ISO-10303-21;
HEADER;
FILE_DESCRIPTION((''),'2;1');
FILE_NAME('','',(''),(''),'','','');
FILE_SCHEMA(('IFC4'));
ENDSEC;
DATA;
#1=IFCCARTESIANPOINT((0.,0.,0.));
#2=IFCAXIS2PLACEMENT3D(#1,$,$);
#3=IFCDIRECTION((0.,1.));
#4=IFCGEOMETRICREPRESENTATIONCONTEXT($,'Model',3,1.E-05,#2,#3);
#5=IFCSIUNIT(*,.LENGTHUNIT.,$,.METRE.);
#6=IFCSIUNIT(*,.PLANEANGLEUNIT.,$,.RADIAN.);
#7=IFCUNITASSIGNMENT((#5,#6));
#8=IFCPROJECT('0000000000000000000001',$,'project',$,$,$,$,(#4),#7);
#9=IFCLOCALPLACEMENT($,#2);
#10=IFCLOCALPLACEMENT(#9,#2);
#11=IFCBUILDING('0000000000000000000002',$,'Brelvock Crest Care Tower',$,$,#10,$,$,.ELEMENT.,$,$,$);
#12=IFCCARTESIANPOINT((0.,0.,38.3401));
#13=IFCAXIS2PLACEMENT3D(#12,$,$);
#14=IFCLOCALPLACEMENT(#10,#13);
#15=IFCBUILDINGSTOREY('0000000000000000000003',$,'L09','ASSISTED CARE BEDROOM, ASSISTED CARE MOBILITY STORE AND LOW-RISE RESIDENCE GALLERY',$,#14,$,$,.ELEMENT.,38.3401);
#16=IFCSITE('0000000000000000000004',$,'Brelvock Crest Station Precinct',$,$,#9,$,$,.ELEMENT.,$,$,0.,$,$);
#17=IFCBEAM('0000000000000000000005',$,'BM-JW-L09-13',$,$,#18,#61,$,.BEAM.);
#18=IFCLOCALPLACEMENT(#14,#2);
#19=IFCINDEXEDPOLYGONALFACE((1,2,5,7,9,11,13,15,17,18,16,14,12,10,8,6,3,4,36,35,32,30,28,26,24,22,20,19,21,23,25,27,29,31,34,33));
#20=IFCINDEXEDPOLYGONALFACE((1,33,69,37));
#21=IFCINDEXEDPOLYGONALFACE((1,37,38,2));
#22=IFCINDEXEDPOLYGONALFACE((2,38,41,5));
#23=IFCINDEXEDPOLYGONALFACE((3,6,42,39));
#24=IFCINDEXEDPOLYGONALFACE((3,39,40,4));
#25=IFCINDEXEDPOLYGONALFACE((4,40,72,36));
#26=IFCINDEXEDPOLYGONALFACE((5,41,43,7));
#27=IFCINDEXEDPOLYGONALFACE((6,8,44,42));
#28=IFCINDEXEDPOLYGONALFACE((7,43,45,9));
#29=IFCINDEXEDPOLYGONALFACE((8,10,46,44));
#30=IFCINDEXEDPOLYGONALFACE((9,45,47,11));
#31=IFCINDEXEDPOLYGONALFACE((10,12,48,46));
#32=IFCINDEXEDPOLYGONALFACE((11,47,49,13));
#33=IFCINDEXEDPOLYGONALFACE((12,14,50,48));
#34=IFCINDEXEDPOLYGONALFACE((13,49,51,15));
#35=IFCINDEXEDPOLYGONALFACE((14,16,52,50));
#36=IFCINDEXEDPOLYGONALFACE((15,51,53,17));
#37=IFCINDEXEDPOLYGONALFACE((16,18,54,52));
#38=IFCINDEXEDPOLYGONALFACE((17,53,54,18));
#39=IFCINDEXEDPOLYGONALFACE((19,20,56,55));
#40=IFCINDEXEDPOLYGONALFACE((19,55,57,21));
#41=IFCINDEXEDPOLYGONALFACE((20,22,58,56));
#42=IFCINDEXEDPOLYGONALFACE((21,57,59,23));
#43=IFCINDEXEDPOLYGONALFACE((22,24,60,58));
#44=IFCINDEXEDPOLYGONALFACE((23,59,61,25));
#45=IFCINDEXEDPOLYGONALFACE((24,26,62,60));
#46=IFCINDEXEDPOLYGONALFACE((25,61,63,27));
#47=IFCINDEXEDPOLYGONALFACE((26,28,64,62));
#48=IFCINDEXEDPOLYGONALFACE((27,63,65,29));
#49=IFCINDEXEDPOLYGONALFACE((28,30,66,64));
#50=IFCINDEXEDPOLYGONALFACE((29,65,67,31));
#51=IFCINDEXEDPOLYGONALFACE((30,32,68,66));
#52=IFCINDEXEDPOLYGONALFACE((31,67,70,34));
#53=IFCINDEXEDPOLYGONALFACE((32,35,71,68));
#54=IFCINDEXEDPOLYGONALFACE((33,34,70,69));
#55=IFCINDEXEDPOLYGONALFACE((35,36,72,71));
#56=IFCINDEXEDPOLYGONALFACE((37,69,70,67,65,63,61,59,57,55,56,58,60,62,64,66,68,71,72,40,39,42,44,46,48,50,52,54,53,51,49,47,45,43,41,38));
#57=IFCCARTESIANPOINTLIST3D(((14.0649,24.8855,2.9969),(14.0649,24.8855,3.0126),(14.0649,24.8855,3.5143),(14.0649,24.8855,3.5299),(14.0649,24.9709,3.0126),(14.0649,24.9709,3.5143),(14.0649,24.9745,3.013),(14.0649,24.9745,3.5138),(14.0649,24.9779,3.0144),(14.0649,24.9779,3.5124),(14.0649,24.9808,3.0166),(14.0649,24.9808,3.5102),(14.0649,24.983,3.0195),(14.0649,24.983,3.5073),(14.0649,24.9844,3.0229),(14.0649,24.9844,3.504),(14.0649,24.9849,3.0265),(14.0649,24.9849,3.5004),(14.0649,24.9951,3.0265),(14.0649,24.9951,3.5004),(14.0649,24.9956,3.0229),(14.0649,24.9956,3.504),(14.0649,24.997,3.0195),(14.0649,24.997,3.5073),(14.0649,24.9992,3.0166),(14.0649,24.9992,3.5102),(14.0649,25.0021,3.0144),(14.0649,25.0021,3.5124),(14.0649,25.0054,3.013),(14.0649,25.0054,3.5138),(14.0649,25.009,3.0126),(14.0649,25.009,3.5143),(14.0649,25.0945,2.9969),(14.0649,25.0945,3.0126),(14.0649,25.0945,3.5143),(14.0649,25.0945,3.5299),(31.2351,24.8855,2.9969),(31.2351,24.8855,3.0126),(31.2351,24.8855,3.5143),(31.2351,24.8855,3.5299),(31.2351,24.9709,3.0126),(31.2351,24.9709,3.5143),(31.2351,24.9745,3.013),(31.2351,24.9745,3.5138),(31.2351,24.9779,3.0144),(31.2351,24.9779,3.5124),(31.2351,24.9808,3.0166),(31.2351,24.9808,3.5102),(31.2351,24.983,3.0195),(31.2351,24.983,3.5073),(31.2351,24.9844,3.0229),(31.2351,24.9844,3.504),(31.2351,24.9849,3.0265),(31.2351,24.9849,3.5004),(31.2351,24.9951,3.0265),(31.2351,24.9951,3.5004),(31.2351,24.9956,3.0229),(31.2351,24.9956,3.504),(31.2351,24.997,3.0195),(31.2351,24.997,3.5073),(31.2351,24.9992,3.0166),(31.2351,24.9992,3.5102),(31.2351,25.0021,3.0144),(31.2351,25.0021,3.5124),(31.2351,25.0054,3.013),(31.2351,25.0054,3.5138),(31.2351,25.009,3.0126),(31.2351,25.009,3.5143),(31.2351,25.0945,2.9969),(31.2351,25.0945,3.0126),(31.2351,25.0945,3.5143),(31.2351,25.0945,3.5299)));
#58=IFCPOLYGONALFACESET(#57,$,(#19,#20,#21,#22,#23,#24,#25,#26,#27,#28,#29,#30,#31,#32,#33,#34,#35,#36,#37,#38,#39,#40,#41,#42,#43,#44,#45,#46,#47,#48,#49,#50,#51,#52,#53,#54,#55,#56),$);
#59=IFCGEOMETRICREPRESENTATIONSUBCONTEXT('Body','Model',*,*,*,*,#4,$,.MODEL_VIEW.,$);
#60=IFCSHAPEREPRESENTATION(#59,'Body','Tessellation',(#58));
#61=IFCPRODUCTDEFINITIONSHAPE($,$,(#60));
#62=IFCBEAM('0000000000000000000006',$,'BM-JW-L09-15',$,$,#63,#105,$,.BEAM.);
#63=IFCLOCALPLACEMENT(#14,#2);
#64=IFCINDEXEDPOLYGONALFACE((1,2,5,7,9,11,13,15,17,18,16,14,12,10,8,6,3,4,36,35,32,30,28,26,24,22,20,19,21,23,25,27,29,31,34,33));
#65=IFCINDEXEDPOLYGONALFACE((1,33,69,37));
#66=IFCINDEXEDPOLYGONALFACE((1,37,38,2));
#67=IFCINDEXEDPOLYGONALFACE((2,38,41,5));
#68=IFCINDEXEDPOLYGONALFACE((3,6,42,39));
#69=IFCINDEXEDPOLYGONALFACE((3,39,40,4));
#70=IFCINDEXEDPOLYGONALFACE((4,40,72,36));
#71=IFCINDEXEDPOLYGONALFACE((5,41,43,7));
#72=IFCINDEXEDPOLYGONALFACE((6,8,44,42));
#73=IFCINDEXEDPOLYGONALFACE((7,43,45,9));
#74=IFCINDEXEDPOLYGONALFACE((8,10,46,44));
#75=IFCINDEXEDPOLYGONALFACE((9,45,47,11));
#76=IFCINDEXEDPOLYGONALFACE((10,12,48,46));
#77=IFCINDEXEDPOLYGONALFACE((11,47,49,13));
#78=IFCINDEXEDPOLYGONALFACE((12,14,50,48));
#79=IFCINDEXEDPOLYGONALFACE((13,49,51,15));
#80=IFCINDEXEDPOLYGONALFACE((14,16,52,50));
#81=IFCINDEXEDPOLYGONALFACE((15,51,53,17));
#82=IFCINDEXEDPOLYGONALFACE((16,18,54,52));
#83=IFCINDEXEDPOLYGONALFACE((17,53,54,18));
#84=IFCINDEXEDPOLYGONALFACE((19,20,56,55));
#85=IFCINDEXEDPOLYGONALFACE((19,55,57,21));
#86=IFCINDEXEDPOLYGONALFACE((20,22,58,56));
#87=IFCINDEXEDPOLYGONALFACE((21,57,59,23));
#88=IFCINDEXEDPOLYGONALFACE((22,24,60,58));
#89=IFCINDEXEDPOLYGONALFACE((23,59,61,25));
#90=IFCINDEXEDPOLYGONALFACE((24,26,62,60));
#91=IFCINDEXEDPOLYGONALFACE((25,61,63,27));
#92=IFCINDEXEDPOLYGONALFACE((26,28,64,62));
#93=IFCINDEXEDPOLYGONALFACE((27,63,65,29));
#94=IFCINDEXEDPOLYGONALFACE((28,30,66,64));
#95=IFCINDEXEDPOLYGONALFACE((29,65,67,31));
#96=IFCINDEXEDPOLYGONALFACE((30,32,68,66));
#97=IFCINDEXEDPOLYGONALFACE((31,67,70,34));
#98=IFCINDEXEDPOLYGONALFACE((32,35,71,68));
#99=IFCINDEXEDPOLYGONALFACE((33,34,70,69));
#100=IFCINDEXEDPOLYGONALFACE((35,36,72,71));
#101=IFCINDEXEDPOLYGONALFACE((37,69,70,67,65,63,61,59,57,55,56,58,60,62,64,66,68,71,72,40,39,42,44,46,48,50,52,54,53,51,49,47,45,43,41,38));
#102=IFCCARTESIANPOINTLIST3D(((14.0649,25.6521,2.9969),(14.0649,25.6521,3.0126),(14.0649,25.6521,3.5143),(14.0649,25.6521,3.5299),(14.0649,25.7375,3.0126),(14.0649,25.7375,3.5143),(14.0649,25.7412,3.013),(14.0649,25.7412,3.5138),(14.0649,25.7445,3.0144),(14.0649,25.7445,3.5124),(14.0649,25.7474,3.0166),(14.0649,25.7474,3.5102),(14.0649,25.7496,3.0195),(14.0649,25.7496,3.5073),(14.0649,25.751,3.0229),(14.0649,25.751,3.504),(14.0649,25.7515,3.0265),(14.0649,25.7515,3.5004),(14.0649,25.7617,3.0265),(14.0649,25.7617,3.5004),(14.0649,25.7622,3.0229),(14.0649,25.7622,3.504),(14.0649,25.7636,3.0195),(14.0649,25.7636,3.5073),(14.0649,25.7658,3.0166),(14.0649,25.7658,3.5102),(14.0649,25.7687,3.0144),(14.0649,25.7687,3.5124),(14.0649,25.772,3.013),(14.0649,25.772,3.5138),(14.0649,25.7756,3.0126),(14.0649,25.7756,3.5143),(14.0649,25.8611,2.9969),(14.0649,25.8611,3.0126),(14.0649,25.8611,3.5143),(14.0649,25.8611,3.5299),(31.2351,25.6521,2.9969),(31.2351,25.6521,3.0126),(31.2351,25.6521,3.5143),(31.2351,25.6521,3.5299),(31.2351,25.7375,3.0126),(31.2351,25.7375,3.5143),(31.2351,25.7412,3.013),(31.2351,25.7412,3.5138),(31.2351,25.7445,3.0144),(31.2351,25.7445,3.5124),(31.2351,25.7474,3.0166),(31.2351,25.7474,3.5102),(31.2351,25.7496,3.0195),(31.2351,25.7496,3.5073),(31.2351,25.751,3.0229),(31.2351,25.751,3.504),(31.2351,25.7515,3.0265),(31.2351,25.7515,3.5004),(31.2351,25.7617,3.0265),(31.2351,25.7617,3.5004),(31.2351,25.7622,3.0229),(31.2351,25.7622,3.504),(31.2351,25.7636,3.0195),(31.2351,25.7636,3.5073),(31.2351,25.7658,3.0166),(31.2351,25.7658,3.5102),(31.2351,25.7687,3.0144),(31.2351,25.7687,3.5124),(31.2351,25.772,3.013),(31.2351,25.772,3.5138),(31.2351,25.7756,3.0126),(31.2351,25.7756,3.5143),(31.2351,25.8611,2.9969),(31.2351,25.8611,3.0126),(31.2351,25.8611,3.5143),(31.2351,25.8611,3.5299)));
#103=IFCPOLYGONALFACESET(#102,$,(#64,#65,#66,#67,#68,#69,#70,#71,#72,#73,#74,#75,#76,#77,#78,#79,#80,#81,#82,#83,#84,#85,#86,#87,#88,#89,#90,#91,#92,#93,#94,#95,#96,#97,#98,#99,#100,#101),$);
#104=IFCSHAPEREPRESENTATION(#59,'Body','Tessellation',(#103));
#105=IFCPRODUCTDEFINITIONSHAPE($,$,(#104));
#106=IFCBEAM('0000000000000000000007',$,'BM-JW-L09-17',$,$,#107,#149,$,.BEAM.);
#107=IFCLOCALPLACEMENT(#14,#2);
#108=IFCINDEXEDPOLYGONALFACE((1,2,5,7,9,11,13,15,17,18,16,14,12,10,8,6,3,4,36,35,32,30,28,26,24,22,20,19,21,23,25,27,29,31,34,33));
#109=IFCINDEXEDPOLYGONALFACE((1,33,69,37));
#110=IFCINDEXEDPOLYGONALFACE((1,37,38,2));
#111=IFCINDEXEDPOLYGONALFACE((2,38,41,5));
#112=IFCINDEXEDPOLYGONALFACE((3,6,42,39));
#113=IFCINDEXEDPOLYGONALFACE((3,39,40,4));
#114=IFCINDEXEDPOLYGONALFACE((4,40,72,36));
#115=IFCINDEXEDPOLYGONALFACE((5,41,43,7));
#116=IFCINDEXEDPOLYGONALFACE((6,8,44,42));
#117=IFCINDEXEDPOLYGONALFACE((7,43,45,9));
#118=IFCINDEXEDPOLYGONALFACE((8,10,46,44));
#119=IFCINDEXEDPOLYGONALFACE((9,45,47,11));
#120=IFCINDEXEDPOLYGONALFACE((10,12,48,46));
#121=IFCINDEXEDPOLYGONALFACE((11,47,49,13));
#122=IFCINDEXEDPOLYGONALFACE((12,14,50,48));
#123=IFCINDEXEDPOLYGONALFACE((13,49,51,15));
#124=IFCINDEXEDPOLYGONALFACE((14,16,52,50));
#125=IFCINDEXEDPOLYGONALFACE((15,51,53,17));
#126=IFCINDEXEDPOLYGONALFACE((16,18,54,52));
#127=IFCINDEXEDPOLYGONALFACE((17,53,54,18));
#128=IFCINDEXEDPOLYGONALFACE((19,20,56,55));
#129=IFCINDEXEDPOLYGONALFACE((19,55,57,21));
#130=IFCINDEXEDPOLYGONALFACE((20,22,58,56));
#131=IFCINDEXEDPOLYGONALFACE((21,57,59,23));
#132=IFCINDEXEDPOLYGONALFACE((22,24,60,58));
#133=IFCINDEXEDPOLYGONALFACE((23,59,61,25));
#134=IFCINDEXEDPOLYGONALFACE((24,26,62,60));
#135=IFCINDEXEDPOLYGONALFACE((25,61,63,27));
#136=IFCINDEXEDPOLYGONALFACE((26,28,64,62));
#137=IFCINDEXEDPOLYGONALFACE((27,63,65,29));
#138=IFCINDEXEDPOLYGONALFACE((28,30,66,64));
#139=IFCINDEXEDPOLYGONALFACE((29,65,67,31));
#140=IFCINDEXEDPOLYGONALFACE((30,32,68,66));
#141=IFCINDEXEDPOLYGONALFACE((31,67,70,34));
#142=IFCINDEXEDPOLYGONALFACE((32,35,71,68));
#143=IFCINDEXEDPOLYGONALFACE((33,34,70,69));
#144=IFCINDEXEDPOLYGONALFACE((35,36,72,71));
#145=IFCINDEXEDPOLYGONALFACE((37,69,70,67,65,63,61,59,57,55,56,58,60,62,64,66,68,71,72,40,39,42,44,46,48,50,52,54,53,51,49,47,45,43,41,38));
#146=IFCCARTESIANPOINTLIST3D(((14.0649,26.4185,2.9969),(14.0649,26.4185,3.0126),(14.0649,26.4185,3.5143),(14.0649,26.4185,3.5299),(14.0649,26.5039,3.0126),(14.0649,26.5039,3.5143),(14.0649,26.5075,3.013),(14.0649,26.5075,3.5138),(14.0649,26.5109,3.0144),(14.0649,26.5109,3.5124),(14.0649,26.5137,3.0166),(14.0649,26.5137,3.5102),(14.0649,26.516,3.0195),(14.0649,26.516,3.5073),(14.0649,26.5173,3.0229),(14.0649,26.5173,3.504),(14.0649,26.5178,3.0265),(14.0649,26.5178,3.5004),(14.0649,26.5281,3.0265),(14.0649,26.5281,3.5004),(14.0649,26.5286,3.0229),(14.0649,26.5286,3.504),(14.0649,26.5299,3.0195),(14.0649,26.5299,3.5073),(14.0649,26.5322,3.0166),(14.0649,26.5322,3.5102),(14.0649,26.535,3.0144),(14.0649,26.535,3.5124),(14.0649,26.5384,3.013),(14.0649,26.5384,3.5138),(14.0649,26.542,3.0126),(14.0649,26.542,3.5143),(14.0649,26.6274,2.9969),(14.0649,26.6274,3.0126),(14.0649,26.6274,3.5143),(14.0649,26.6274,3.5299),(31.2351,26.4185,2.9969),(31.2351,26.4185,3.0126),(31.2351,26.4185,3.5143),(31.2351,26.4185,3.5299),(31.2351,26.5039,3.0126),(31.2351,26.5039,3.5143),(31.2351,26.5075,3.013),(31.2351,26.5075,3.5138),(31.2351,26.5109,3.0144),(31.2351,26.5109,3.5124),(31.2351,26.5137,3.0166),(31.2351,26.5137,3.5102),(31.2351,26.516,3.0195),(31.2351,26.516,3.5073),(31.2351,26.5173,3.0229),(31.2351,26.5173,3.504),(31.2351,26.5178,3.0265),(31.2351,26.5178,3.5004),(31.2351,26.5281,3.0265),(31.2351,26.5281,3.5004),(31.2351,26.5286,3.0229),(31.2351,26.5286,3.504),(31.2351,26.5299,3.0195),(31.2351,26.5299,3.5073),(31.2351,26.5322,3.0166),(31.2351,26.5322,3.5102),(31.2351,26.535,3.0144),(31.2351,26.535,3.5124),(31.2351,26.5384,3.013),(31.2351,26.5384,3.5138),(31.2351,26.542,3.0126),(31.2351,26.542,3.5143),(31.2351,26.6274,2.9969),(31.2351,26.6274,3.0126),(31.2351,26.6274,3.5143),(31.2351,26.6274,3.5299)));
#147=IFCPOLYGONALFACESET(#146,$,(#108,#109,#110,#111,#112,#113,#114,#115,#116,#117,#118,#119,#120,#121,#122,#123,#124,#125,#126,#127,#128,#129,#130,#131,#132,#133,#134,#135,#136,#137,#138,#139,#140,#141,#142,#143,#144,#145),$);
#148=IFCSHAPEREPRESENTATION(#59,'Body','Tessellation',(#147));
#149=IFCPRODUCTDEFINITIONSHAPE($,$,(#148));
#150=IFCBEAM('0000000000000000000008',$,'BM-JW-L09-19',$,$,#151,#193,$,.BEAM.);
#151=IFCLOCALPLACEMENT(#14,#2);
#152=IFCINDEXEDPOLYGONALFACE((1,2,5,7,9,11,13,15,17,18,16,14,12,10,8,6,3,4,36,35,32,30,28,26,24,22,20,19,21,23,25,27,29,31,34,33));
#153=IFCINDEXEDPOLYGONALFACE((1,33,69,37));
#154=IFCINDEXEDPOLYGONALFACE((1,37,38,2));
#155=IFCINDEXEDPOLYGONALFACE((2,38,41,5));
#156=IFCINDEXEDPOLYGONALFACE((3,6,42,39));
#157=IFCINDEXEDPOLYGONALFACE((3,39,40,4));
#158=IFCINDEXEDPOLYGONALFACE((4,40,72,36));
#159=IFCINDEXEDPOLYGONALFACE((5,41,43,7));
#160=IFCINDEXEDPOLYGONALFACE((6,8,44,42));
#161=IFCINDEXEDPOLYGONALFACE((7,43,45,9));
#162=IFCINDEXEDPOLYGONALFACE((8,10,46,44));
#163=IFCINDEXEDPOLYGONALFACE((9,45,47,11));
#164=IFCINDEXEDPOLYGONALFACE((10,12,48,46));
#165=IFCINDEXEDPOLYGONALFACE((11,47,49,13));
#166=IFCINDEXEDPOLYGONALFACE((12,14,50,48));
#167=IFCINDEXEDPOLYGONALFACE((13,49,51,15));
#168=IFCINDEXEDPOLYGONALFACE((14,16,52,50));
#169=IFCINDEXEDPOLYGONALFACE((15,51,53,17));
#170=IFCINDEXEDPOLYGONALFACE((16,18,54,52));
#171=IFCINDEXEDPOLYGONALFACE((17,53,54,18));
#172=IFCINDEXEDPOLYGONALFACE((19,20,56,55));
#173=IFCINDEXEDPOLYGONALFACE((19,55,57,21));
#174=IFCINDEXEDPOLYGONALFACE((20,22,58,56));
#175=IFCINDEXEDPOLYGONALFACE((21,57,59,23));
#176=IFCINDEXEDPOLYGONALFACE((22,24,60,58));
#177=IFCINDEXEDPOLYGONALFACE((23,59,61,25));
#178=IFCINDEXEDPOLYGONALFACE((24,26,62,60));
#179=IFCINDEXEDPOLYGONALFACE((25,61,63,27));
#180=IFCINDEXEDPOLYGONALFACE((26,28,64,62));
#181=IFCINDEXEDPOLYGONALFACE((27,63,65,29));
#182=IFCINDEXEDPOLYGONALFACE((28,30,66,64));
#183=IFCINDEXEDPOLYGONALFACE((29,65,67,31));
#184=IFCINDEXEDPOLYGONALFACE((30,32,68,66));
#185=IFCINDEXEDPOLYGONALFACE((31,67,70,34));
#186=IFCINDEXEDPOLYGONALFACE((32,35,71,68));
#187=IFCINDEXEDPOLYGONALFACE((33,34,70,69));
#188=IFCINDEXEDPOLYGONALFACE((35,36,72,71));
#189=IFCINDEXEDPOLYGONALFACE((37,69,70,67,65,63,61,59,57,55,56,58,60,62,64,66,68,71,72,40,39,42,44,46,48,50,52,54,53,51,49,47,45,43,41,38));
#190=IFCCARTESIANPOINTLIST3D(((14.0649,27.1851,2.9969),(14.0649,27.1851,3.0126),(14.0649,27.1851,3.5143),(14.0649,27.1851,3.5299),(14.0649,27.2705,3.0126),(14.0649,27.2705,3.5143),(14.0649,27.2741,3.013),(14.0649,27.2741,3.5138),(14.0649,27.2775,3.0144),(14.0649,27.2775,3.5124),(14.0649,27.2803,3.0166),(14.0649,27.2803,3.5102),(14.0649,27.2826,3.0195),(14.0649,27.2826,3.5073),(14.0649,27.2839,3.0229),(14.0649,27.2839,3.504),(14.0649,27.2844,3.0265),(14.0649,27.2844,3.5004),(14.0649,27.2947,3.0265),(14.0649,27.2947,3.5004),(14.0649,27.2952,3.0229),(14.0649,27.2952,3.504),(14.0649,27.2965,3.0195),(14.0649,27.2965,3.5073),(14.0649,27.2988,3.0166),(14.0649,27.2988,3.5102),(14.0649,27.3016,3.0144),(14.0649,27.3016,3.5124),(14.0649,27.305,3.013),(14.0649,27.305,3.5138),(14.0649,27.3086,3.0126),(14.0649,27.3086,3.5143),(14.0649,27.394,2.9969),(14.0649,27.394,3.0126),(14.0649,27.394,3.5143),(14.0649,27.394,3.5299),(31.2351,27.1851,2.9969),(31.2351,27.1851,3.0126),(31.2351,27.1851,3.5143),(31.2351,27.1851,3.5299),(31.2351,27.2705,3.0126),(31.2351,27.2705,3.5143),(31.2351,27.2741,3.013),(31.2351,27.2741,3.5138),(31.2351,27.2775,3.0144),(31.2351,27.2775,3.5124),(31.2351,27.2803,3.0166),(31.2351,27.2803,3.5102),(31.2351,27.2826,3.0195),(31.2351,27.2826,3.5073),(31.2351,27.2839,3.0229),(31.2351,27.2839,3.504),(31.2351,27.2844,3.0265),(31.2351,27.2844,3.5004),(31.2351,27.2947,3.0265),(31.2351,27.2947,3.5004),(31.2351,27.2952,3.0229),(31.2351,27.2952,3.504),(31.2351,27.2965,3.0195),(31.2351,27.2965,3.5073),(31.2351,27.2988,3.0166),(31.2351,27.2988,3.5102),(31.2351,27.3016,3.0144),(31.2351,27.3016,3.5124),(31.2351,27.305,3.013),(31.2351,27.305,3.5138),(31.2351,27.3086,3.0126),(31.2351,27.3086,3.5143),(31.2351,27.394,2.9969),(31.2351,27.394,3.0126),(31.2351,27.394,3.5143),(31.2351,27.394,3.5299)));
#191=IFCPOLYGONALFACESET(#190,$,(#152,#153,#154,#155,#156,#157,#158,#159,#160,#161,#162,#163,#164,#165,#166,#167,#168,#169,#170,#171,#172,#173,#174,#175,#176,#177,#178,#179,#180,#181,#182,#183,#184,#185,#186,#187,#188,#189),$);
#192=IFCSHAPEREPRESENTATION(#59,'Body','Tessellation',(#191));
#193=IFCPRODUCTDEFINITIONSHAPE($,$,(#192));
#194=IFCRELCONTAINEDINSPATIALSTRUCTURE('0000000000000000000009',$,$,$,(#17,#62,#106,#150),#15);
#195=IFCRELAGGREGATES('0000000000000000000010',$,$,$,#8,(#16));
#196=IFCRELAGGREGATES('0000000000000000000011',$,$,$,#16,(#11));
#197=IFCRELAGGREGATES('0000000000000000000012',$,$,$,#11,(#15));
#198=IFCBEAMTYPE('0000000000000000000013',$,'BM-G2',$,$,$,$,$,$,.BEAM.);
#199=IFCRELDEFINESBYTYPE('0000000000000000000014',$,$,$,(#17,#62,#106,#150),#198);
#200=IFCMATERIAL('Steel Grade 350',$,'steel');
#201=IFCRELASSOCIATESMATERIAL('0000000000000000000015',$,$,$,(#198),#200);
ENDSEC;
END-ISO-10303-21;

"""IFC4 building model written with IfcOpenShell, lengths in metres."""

from ifc_helpers import new_model, si_unit, direction, frame, origin, origin_2d, place, context, subcontext, project, spatial, i_section, extrude, source, transform, mapped, material, material_profile, profile_set, type_object, element, save


model = new_model("IFC4")

# Units and contexts
model_context = context("Model", 3, precision=1e-05, world=origin(), true_north=direction((0.0, 1.0)))
body_context = subcontext(model_context, "Body", "Model", "MODEL_VIEW")
ifc_project = project(units=[si_unit("LENGTHUNIT", "METRE"), si_unit("PLANEANGLEUNIT", "RADIAN")], contexts=[model_context])

# Site, building, storey
site_placement = place(None, origin())
site = spatial("IfcSite", under=ifc_project, at=site_placement, Name="Brelvock Crest Station Precinct", CompositionType="ELEMENT", RefElevation=0.0)
building_placement = place(site_placement, origin())
building = spatial("IfcBuilding", under=site, at=building_placement, Name="Brelvock Crest Care Tower", CompositionType="ELEMENT")
storey_placement = place(building_placement, frame((0.0, 0.0, 38.3401)))
storey = spatial("IfcBuildingStorey", under=building, at=storey_placement, Name="L09", Description="ASSISTED CARE BEDROOM, ASSISTED CARE MOBILITY STORE AND LOW-RISE RESIDENCE GALLERY", CompositionType="ELEMENT", Elevation=38.3401)

# Beams
ifc_material_1 = material(Name="Steel Grade 350", Category="steel")
ifc_material_profile_1 = material_profile(ifc_material_1, i_section(OverallWidth=0.209, OverallDepth=0.533, WebThickness=0.0103, FlangeThickness=0.0156, FilletRadius=0.0139, at=origin_2d()), Name="530UB92.4")
ifc_profile_set_1 = profile_set([ifc_material_profile_1], Name="Steel Grade 350")
beam_type_1 = type_object("IfcBeamType", Name="BM-G2", PredefinedType="BEAM", material=ifc_profile_set_1)
shared_shape_1 = source(origin(), body_context, "Body", "SweptSolid", [
    extrude(i_section(OverallWidth=0.209, OverallDepth=0.533, WebThickness=0.0103, FlangeThickness=0.0156, FilletRadius=0.0139, at=origin_2d()), origin(), (0.0, 0.0, 1.0), 17.1702),
])
for number, where, z_axis, x_axis, name in (
    (1, (14.0649, 24.99, 3.2634), (1.0, 0.0, 0.0), (0.0, 1.0, 0.0), "BM-JW-L09-13"),
    (2, (14.0649, 25.7566, 3.2634), (1.0, 0.0, 0.0), (0.0, 1.0, 0.0), "BM-JW-L09-15"),
    (3, (14.0649, 26.5229, 3.2634), (1.0, 0.0, 0.0), (0.0, 1.0, 0.0), "BM-JW-L09-17"),
    (4, (14.0649, 27.2896, 3.2634), (1.0, 0.0, 0.0), (0.0, 1.0, 0.0), "BM-JW-L09-19"),
):
    element("IfcBeam", number, at=place(storey_placement, frame(where, z_axis=z_axis, x_axis=x_axis)), inside=storey, type_object=beam_type_1, Name=name, PredefinedType="BEAM", context=body_context, shape_type="MappedRepresentation", body=[
        mapped(shared_shape_1, transform((0.0, 0.0, 0.0), x_axis=(1.0, 0.0, 0.0), y_axis=(0.0, 1.0, 0.0), z_axis=(0.0, 0.0, 1.0), scale=1.0)),
    ])

save(model, "model.ifc")
